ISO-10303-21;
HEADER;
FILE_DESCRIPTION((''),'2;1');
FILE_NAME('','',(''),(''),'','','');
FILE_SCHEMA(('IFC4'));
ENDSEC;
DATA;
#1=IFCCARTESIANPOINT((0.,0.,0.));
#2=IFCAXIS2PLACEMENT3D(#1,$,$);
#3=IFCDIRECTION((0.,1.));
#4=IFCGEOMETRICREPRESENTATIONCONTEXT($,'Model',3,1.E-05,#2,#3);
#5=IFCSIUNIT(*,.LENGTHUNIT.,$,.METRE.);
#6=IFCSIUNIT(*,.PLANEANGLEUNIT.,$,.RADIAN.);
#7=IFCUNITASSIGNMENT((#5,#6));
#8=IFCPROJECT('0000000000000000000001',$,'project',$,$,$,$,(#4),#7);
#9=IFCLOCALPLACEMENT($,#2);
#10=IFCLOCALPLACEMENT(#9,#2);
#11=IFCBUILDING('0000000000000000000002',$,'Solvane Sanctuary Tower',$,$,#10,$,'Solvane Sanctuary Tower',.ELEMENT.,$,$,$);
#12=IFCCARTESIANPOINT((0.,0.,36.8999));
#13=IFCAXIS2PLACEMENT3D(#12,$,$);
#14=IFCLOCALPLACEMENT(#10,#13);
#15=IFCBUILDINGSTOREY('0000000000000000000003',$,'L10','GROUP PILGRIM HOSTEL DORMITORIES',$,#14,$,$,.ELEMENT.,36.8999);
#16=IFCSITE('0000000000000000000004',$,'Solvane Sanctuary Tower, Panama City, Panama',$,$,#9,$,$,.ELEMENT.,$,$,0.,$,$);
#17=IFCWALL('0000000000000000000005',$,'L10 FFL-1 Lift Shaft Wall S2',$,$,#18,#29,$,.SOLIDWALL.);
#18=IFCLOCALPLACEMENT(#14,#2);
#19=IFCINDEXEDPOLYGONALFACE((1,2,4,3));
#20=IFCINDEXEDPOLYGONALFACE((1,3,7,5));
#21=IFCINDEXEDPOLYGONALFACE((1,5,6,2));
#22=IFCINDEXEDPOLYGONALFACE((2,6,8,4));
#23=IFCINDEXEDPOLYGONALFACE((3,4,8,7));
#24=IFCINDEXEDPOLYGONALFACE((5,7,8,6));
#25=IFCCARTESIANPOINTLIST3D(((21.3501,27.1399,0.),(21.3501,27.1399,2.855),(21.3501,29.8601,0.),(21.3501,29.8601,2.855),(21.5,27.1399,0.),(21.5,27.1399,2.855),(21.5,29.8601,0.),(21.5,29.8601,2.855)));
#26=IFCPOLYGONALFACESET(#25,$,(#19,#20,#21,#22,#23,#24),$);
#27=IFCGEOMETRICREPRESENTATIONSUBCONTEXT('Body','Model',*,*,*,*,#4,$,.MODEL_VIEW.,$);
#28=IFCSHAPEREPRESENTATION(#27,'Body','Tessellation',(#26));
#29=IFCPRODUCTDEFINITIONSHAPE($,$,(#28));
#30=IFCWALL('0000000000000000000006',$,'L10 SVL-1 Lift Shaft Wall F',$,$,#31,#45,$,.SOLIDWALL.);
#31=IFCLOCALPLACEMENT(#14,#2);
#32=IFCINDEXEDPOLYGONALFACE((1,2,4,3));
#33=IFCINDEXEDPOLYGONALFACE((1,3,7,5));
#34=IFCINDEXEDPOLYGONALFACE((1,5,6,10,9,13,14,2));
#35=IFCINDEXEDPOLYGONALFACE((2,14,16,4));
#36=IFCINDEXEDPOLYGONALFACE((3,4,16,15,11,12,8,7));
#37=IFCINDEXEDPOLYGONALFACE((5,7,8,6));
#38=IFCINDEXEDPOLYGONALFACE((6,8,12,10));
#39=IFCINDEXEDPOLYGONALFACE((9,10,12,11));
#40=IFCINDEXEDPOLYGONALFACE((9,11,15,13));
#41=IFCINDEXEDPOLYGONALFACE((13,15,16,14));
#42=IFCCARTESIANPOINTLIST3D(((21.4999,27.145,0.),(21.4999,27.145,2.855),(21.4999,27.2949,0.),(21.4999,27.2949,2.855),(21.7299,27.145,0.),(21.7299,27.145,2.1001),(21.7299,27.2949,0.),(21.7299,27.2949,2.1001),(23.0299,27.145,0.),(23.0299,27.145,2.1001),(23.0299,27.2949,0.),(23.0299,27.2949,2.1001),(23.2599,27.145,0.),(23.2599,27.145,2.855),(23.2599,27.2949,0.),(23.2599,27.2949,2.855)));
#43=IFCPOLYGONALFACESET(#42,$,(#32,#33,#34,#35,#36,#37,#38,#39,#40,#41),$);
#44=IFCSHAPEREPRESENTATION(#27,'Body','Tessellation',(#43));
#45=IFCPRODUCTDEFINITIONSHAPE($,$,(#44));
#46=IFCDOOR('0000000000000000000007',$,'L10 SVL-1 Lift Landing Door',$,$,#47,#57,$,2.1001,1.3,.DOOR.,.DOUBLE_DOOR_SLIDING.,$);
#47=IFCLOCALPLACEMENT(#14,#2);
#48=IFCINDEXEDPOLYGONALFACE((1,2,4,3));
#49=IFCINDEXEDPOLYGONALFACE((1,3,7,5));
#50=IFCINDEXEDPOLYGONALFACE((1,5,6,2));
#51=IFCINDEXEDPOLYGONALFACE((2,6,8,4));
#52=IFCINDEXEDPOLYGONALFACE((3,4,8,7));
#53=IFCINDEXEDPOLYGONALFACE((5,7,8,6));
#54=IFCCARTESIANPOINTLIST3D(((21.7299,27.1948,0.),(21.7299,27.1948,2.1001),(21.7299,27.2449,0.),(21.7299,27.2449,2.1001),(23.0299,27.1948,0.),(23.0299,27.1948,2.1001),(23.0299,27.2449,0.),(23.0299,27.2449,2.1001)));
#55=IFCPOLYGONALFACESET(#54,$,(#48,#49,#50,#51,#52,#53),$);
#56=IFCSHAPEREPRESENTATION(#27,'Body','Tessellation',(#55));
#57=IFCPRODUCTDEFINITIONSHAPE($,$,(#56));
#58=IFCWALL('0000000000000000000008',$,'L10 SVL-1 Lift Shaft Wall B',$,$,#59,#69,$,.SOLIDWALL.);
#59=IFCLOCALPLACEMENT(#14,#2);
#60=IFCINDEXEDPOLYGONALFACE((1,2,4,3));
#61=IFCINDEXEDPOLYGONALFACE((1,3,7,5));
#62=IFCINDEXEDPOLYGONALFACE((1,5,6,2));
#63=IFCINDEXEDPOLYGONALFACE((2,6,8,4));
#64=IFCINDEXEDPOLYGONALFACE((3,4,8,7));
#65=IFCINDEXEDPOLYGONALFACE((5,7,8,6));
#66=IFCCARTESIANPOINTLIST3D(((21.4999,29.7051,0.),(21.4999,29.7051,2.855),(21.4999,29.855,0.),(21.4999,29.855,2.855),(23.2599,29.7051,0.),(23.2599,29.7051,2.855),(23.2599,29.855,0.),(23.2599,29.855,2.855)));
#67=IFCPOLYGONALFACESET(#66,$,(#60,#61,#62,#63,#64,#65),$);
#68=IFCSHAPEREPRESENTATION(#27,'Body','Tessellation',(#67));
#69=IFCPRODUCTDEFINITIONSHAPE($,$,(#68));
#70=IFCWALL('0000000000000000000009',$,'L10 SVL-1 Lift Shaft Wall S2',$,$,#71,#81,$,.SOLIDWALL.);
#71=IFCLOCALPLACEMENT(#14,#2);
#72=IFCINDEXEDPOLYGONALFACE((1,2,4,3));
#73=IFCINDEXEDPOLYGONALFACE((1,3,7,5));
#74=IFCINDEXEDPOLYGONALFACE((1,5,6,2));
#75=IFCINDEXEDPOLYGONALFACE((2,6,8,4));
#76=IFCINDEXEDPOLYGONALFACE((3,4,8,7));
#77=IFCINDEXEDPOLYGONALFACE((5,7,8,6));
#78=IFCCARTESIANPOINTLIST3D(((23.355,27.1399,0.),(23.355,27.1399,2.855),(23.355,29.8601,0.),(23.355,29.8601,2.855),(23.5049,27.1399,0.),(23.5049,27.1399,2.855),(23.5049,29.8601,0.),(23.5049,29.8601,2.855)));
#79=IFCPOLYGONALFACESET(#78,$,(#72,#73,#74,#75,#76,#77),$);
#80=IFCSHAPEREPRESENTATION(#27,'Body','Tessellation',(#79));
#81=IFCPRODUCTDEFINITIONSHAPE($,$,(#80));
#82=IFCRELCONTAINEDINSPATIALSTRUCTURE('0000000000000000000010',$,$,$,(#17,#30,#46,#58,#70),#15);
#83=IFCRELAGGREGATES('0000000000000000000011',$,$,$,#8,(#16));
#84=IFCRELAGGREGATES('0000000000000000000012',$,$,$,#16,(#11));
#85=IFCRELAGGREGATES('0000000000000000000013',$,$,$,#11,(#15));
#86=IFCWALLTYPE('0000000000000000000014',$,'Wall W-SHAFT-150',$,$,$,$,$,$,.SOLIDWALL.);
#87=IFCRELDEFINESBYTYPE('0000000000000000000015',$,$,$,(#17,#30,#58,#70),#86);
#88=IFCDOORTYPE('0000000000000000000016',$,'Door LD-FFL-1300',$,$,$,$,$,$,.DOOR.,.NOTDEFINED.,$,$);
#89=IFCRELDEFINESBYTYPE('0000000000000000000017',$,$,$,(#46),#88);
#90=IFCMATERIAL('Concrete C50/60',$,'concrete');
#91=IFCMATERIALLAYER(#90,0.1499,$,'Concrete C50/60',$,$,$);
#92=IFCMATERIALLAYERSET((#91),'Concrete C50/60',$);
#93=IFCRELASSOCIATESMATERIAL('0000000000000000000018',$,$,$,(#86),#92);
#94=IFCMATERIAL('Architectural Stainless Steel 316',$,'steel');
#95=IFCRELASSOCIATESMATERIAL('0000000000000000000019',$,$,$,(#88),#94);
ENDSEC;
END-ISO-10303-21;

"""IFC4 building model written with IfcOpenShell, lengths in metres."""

from ifc_helpers import new_model, si_unit, direction, frame, frame_2d, origin, place, context, subcontext, project, spatial, rectangle, extrude, material, layer, layer_set, type_object, element, fill, save


model = new_model("IFC4")

# Units and contexts
model_context = context("Model", 3, precision=1e-05, world=origin(), true_north=direction((0.0, 1.0)))
body_context = subcontext(model_context, "Body", "Model", "MODEL_VIEW")
ifc_project = project(units=[si_unit("LENGTHUNIT", "METRE"), si_unit("PLANEANGLEUNIT", "RADIAN")], contexts=[model_context])

# Site, building, storey
site_placement = place(None, origin())
site = spatial("IfcSite", under=ifc_project, at=site_placement, Name="Solvane Sanctuary Tower, Panama City, Panama", CompositionType="ELEMENT", RefElevation=0.0)
building_placement = place(site_placement, origin())
building = spatial("IfcBuilding", under=site, at=building_placement, Name="Solvane Sanctuary Tower", LongName="Solvane Sanctuary Tower", CompositionType="ELEMENT")
storey_placement = place(building_placement, frame((0.0, 0.0, 36.8999)))
storey = spatial("IfcBuildingStorey", under=building, at=storey_placement, Name="L10", Description="GROUP PILGRIM HOSTEL DORMITORIES", CompositionType="ELEMENT", Elevation=36.8999)

# Shared definitions
ifc_material_1 = material(Name="Architectural Stainless Steel 316", Category="steel")

# Wall
ifc_material_2 = material(Name="Concrete C50/60", Category="concrete")
ifc_layer_1 = layer(ifc_material_2, 0.1499, Name="Concrete C50/60")
ifc_layer_set_1 = layer_set([ifc_layer_1], Name="Concrete C50/60")
wall_type_1 = type_object("IfcWallType", Name="Wall W-SHAFT-150", PredefinedType="SOLIDWALL", material=ifc_layer_set_1)
wall_1_placement = place(storey_placement, frame((21.425, 27.1399, 0.0), z_axis=(0.0, 0.0, 1.0), x_axis=(0.0, 1.0, 0.0)))
element("IfcWall", 1, at=wall_1_placement, inside=storey, type_object=wall_type_1, Name="L10 FFL-1 Lift Shaft Wall S2", PredefinedType="SOLIDWALL", context=body_context, shape_type="SweptSolid", body=[
    extrude(rectangle(XDim=2.7202, YDim=0.1499, at=frame_2d((1.3601, 0.0))), origin(), (0.0, 0.0, 1.0), 2.855),
])

# Wall, opening, door
wall_2_placement = place(storey_placement, frame((21.5, 27.22, 0.0), z_axis=(0.0, 0.0, 1.0), x_axis=(1.0, 0.0, 0.0)))
wall_2 = element("IfcWall", 2, at=wall_2_placement, inside=storey, type_object=wall_type_1, Name="L10 SVL-1 Lift Shaft Wall F", PredefinedType="SOLIDWALL", context=body_context, shape_type="SweptSolid", body=[
    extrude(rectangle(XDim=1.76, YDim=0.1499, at=frame_2d((0.8799, 0.0))), origin(), (0.0, 0.0, 1.0), 2.855),
])
opening_1_placement = place(wall_2_placement, frame((0.23, 0.0, 0.0)))
opening_1 = element("IfcOpeningElement", 3, at=opening_1_placement, cuts=wall_2, PredefinedType="OPENING", context=body_context, shape_type="SweptSolid", body=[
    extrude(rectangle(XDim=1.3, YDim=2.1001, at=frame_2d((0.6499, 1.05))), frame((0.0, 0.085, 0.0), z_axis=(0.0, -1.0, 0.0), x_axis=(1.0, 0.0, 0.0)), (0.0, 0.0, 1.0), 0.1699),
])
door_type_1 = type_object("IfcDoorType", Name="Door LD-FFL-1300", OperationType="NOTDEFINED", PredefinedType="DOOR", material=ifc_material_1)
door_1_placement = place(opening_1_placement, origin())
door_1 = element("IfcDoor", 4, at=door_1_placement, inside=storey, type_object=door_type_1, Name="L10 SVL-1 Lift Landing Door", OperationType="DOUBLE_DOOR_SLIDING", OverallHeight=2.1001, OverallWidth=1.3, PredefinedType="DOOR", context=body_context, shape_type="SweptSolid", body=[
    extrude(rectangle(XDim=1.3, YDim=2.1001, at=frame_2d((0.6499, 1.05))), frame((0.0, 0.0249, 0.0), z_axis=(0.0, -1.0, 0.0), x_axis=(1.0, 0.0, 0.0)), (0.0, 0.0, 1.0), 0.05),
])
fill(opening_1, door_1)

# Walls
wall_3_placement = place(storey_placement, frame((21.5, 29.78, 0.0), z_axis=(0.0, 0.0, 1.0), x_axis=(1.0, 0.0, 0.0)))
element("IfcWall", 5, at=wall_3_placement, inside=storey, type_object=wall_type_1, Name="L10 SVL-1 Lift Shaft Wall B", PredefinedType="SOLIDWALL", context=body_context, shape_type="SweptSolid", body=[
    extrude(rectangle(XDim=1.76, YDim=0.1499, at=frame_2d((0.8799, 0.0))), origin(), (0.0, 0.0, 1.0), 2.855),
])
wall_4_placement = place(storey_placement, frame((23.4299, 27.1399, 0.0), z_axis=(0.0, 0.0, 1.0), x_axis=(0.0, 1.0, 0.0)))
element("IfcWall", 6, at=wall_4_placement, inside=storey, type_object=wall_type_1, Name="L10 SVL-1 Lift Shaft Wall S2", PredefinedType="SOLIDWALL", context=body_context, shape_type="SweptSolid", body=[
    extrude(rectangle(XDim=2.7202, YDim=0.1499, at=frame_2d((1.3601, 0.0))), origin(), (0.0, 0.0, 1.0), 2.855),
])

save(model, "model.ifc")
